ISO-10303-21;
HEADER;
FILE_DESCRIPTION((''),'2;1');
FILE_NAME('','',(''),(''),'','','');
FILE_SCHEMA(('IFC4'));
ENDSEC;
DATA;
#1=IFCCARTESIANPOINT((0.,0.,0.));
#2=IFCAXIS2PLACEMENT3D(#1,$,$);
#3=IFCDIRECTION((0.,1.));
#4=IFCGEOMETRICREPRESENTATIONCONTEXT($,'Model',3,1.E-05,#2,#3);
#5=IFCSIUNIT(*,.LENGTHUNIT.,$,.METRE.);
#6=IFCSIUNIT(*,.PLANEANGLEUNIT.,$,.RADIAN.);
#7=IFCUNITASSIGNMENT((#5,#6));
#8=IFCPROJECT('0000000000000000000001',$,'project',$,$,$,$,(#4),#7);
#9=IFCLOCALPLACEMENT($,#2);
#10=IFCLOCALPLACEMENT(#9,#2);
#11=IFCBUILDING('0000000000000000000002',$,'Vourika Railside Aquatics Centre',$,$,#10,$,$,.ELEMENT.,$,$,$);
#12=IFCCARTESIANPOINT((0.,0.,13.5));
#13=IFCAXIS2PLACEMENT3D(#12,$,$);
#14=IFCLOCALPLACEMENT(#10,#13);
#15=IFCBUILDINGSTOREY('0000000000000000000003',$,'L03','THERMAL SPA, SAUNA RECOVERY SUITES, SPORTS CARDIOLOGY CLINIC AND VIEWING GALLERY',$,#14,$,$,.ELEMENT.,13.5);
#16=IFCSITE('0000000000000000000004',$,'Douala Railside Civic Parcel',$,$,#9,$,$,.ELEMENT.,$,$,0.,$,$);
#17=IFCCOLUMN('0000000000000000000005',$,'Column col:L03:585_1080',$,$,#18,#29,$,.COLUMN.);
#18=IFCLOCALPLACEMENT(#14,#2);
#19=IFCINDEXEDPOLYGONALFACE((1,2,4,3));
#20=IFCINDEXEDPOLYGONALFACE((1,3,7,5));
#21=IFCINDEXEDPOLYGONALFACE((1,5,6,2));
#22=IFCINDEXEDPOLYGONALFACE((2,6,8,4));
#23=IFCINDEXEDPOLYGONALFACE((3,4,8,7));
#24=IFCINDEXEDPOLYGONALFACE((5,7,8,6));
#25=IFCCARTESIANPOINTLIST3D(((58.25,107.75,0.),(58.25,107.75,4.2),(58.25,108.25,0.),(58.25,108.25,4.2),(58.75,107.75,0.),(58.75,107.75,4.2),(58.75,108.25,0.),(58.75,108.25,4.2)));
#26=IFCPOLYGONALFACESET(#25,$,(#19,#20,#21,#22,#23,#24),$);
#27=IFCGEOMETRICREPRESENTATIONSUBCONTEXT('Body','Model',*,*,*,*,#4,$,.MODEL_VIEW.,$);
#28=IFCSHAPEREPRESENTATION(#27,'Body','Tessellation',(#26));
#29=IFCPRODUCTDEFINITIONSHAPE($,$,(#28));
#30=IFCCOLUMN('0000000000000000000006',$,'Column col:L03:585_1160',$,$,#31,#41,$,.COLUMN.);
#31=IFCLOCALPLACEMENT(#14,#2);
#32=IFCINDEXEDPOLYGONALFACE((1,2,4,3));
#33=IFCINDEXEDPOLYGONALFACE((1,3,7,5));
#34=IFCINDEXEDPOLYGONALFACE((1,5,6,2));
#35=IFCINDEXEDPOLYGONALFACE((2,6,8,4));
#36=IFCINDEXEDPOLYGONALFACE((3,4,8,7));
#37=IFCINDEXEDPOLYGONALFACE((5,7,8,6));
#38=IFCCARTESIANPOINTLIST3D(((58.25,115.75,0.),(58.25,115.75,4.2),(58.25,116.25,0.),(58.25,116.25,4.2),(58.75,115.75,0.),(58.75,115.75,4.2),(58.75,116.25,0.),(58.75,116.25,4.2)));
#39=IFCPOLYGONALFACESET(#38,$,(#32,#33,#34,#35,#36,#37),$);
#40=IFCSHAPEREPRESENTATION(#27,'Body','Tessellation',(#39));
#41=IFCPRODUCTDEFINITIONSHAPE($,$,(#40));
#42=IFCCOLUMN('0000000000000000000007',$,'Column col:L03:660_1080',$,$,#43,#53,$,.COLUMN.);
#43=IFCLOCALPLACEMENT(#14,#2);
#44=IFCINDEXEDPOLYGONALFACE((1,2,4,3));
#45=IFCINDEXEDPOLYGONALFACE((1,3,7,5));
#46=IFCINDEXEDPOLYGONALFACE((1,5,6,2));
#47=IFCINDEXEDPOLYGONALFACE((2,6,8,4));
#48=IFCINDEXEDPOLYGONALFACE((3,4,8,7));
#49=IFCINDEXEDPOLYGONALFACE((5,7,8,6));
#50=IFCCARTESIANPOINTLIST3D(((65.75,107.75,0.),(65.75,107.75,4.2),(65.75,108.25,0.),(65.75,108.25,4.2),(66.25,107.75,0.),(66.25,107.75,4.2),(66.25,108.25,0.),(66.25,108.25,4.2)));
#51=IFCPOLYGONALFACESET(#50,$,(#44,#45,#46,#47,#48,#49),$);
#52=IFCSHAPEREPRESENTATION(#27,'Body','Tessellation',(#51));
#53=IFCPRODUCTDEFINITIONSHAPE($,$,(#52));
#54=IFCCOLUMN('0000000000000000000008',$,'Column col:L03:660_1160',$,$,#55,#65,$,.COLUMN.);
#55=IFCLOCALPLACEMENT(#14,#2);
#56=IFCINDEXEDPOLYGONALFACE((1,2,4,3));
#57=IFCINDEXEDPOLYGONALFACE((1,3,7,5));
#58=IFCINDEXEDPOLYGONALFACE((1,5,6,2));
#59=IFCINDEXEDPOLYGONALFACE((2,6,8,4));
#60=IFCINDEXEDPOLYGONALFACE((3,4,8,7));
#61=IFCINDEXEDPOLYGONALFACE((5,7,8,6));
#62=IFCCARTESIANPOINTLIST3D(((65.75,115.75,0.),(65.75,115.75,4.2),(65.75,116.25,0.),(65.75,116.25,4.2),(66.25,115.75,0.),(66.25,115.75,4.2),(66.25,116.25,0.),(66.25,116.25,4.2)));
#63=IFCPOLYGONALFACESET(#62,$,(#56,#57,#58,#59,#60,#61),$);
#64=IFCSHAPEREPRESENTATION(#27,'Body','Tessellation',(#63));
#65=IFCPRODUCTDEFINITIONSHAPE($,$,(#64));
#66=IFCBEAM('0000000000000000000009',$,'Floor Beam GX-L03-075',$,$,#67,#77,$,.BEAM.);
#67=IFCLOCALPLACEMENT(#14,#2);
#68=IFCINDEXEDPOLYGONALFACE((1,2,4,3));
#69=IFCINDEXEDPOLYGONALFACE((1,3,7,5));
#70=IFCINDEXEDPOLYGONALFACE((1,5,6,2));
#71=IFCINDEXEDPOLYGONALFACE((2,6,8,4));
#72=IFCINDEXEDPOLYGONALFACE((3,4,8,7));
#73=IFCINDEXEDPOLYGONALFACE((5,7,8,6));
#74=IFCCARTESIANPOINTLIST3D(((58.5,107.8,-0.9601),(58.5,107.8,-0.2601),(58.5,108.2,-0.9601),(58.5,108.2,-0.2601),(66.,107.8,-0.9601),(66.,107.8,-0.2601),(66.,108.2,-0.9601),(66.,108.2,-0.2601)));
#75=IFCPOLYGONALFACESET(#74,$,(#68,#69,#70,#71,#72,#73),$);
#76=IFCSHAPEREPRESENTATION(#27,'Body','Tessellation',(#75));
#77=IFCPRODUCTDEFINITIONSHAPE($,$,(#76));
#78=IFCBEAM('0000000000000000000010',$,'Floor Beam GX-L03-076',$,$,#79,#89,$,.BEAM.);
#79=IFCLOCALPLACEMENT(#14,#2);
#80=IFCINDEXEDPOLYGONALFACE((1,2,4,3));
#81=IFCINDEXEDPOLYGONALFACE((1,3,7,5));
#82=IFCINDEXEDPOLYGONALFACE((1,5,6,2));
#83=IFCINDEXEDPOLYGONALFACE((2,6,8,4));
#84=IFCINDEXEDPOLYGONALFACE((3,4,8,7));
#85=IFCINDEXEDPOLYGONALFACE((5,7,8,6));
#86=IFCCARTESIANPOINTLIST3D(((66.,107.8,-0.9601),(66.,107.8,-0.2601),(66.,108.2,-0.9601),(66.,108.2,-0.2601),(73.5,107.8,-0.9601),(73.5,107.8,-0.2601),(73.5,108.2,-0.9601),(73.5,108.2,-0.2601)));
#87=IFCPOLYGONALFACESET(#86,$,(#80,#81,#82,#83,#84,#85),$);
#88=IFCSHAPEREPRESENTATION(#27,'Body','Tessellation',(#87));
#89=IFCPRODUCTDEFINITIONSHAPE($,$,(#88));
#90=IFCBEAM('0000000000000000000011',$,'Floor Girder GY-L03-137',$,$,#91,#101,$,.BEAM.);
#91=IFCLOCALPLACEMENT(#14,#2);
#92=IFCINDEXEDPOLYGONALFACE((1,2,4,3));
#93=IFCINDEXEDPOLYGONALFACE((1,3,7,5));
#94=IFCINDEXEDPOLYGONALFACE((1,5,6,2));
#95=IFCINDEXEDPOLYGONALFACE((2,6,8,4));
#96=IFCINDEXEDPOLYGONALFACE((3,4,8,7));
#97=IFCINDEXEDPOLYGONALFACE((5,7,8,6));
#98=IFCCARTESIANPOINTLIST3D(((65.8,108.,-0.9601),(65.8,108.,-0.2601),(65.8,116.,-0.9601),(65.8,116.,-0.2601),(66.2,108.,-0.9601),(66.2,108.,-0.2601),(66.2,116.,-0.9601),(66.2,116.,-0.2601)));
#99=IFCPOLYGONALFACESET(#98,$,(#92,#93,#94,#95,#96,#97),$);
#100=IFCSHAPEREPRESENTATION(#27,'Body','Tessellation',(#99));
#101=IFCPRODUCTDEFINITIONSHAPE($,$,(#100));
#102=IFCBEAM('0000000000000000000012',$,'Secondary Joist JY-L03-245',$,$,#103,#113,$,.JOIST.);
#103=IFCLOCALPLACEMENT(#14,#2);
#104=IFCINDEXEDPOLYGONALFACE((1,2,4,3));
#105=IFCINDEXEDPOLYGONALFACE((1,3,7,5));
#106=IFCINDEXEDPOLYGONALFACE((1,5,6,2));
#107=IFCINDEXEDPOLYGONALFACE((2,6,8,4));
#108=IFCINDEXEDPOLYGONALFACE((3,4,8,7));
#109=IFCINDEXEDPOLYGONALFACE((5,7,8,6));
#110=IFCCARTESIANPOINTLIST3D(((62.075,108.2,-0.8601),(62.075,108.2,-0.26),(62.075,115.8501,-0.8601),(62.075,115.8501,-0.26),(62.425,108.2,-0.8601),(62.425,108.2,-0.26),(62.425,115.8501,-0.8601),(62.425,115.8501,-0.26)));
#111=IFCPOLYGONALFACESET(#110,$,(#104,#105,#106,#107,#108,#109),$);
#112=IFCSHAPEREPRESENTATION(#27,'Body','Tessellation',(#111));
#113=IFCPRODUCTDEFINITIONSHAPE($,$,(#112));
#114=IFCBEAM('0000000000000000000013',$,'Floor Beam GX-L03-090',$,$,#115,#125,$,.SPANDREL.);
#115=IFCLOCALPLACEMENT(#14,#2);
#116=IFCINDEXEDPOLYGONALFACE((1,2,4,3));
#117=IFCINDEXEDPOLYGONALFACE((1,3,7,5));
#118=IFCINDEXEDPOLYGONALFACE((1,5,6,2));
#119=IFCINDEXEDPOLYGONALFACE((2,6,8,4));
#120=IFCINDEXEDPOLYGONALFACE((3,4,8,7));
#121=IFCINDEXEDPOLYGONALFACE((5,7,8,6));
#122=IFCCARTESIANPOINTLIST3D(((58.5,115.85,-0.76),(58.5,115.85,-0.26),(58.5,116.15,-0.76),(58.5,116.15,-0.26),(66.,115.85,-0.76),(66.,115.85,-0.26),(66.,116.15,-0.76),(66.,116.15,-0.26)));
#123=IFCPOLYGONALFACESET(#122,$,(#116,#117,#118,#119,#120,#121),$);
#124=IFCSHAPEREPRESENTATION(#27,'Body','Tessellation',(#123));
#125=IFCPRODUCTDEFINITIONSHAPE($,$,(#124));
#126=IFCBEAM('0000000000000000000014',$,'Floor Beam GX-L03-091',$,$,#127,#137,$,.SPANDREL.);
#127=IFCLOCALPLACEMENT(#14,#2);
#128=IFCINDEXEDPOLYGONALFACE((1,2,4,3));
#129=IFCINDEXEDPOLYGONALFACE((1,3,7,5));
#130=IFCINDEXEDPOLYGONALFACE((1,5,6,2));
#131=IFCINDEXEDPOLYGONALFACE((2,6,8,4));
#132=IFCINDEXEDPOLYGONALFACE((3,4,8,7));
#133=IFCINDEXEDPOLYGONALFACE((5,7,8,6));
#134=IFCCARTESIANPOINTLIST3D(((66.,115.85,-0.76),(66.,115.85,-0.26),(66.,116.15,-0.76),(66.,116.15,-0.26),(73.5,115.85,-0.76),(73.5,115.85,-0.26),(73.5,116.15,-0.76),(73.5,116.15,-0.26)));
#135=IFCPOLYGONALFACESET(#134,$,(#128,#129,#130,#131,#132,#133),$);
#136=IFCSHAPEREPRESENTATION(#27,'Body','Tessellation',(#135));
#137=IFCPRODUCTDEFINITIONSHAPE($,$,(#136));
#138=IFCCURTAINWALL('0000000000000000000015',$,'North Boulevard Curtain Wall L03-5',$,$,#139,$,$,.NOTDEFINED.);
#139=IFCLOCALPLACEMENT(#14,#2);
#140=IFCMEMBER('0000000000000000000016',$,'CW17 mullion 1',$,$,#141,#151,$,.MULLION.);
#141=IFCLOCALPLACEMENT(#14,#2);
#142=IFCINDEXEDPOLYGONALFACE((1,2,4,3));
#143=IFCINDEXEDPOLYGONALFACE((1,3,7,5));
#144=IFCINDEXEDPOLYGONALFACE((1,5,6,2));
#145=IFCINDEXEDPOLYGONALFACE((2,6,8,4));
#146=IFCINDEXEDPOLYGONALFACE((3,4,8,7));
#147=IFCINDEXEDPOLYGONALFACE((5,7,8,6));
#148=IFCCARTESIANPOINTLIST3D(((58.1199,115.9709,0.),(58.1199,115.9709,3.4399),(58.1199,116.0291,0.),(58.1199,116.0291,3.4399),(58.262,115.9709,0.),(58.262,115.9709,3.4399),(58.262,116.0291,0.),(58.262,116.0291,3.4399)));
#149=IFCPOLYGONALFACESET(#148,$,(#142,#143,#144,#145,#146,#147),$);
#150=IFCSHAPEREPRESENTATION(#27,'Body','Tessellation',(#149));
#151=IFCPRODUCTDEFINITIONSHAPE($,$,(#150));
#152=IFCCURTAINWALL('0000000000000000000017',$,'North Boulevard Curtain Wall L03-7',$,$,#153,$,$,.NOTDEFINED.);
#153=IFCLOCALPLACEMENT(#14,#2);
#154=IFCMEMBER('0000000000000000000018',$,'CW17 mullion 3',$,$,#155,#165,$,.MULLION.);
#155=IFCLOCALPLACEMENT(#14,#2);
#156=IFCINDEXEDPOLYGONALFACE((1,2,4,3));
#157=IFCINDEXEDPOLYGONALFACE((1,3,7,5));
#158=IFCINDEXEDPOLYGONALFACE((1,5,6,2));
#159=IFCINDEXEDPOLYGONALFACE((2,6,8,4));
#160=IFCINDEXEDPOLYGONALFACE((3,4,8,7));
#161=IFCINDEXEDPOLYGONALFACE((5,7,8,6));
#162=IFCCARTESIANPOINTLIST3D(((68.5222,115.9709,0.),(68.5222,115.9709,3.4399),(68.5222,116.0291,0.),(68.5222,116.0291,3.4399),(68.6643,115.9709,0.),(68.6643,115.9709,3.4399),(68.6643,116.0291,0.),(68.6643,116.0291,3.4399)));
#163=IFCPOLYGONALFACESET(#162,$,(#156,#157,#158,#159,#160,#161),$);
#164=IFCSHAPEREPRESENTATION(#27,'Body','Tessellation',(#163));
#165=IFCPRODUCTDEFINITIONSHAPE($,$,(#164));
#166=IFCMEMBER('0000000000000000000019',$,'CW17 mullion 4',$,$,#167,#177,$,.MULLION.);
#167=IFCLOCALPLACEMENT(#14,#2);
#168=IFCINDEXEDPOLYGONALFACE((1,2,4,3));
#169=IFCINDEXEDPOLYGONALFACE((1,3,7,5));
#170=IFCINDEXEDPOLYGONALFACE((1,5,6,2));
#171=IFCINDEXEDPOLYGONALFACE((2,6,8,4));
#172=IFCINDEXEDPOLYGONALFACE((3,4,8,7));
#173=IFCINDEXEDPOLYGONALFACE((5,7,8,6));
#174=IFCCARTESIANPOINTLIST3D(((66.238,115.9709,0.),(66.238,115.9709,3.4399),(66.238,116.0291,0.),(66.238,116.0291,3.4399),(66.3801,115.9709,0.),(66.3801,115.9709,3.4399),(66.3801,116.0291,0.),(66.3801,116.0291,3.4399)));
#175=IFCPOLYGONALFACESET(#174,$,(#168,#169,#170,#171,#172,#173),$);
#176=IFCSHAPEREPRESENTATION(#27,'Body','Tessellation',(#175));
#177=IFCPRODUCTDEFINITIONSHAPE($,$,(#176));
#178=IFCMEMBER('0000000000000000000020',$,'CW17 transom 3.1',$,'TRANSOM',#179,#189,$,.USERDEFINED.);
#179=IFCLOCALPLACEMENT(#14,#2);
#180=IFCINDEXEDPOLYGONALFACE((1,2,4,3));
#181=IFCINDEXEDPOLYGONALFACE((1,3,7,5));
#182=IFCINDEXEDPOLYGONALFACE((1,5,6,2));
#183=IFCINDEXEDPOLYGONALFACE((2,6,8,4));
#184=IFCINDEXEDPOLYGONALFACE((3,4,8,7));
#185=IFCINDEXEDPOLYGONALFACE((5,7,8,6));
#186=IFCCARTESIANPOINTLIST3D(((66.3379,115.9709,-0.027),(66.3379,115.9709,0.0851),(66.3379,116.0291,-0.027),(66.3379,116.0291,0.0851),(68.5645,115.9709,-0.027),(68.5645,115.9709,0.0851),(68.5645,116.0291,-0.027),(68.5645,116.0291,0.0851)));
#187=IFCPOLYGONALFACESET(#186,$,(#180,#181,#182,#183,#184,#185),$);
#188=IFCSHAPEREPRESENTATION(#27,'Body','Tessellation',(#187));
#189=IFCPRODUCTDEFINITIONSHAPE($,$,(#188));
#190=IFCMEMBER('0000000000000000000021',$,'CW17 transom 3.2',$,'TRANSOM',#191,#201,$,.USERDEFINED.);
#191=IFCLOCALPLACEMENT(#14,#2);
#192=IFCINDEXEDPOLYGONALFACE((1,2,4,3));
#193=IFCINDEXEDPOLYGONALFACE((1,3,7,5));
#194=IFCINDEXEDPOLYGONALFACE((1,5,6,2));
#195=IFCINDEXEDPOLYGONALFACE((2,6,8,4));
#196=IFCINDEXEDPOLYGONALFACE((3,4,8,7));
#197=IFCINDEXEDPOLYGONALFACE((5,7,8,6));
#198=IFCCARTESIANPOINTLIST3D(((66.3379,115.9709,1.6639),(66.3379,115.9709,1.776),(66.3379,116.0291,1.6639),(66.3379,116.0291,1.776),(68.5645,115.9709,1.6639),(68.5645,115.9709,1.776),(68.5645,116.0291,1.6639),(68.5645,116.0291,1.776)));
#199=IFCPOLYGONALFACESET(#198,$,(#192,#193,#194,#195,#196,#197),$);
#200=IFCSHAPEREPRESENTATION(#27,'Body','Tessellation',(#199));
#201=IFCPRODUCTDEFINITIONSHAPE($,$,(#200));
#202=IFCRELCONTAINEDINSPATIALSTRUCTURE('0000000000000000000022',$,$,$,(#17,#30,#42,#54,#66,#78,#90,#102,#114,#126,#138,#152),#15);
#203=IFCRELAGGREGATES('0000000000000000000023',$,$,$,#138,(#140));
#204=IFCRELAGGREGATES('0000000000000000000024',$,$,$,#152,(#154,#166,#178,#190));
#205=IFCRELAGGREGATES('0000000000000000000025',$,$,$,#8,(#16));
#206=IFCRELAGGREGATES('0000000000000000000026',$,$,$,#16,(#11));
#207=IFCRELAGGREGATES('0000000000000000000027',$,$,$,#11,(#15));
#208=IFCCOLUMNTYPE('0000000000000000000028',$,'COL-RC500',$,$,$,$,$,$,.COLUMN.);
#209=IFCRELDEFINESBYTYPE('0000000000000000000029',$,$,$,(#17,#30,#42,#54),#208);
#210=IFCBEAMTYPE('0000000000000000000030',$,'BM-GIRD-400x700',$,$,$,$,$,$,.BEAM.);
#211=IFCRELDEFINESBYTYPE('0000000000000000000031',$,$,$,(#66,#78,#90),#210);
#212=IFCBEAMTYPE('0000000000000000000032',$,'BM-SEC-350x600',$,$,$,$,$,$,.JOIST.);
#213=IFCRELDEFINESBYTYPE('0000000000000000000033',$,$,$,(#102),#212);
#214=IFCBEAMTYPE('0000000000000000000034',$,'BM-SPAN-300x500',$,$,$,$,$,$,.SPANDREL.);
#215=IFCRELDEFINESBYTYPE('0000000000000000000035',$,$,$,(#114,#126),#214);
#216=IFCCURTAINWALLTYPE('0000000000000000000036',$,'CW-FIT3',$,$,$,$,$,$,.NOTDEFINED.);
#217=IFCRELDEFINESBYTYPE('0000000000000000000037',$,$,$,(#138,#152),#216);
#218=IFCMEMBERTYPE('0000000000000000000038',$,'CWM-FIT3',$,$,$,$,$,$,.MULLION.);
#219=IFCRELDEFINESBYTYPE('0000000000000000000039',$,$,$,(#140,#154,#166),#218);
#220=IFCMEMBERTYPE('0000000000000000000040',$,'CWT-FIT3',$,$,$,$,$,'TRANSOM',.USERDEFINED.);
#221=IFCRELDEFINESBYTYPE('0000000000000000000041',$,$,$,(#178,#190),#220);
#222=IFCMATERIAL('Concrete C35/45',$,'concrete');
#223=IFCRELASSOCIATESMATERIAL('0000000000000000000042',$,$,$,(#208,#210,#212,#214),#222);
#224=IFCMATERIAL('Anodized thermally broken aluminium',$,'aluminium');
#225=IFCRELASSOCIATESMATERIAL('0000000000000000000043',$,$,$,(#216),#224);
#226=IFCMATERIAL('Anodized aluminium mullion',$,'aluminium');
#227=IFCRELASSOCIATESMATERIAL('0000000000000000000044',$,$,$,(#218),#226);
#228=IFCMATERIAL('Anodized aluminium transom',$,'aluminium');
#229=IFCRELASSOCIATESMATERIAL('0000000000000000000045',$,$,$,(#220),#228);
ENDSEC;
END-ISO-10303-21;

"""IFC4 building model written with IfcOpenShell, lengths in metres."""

from ifc_helpers import new_model, si_unit, direction, frame, origin, origin_2d, place, context, subcontext, project, spatial, rectangle, extrude, material, material_profile, profile_set, type_object, element, aggregate, save


model = new_model("IFC4")

# Units and contexts
model_context = context("Model", 3, precision=1e-05, world=origin(), true_north=direction((0.0, 1.0)))
body_context = subcontext(model_context, "Body", "Model", "MODEL_VIEW")
ifc_project = project(units=[si_unit("LENGTHUNIT", "METRE"), si_unit("PLANEANGLEUNIT", "RADIAN")], contexts=[model_context])

# Site, building, storey
site_placement = place(None, origin())
site = spatial("IfcSite", under=ifc_project, at=site_placement, Name="Douala Railside Civic Parcel", CompositionType="ELEMENT", RefElevation=0.0)
building_placement = place(site_placement, origin())
building = spatial("IfcBuilding", under=site, at=building_placement, Name="Vourika Railside Aquatics Centre", CompositionType="ELEMENT")
storey_placement = place(building_placement, frame((0.0, 0.0, 13.5)))
storey = spatial("IfcBuildingStorey", under=building, at=storey_placement, Name="L03", Description="THERMAL SPA, SAUNA RECOVERY SUITES, SPORTS CARDIOLOGY CLINIC AND VIEWING GALLERY", CompositionType="ELEMENT", Elevation=13.5)

# Columns
ifc_material_1 = material(Name="Concrete C35/45", Category="concrete")
ifc_material_profile_1 = material_profile(ifc_material_1, rectangle(XDim=0.5, YDim=0.5, at=origin_2d()), Name="RC 500x500")
ifc_profile_set_1 = profile_set([ifc_material_profile_1], Name="Concrete C35/45")
column_type = type_object("IfcColumnType", Name="COL-RC500", PredefinedType="COLUMN", material=ifc_profile_set_1)
for number, where, z_axis, x_axis, name in (
    (1, (58.5, 108.0, 0.0), (0.0, 0.0, 1.0), (1.0, 0.0, 0.0), "Column col:L03:585_1080"),
    (2, (58.5, 116.0, 0.0), (0.0, 0.0, 1.0), (1.0, 0.0, 0.0), "Column col:L03:585_1160"),
    (3, (66.0, 108.0, 0.0), (0.0, 0.0, 1.0), (1.0, 0.0, 0.0), "Column col:L03:660_1080"),
    (4, (66.0, 116.0, 0.0), (0.0, 0.0, 1.0), (1.0, 0.0, 0.0), "Column col:L03:660_1160"),
):
    element("IfcColumn", number, at=place(storey_placement, frame(where, z_axis=z_axis, x_axis=x_axis)), inside=storey, type_object=column_type, Name=name, PredefinedType="COLUMN", context=body_context, shape_type="SweptSolid", body=[
        extrude(rectangle(XDim=0.5, YDim=0.5, at=origin_2d()), origin(), (0.0, 0.0, 1.0), 4.2),
    ])

# Beams
ifc_material_profile_2 = material_profile(ifc_material_1, rectangle(XDim=0.3999, YDim=0.7, at=origin_2d()), Name="RC 400x700")
ifc_profile_set_2 = profile_set([ifc_material_profile_2], Name="Concrete C35/45")
beam_type_1 = type_object("IfcBeamType", Name="BM-GIRD-400x700", PredefinedType="BEAM", material=ifc_profile_set_2)
for number, where, z_axis, x_axis, name in (
    (5, (58.5, 108.0, -0.6101), (1.0, 0.0, 0.0), (0.0, 1.0, 0.0), "Floor Beam GX-L03-075"),
    (6, (66.0, 108.0, -0.6101), (1.0, 0.0, 0.0), (0.0, 1.0, 0.0), "Floor Beam GX-L03-076"),
):
    element("IfcBeam", number, at=place(storey_placement, frame(where, z_axis=z_axis, x_axis=x_axis)), inside=storey, type_object=beam_type_1, Name=name, PredefinedType="BEAM", context=body_context, shape_type="SweptSolid", body=[
        extrude(rectangle(XDim=0.3999, YDim=0.7, at=origin_2d()), origin(), (0.0, 0.0, 1.0), 7.5),
    ])
beam_1_placement = place(storey_placement, frame((66.0, 108.0, -0.6101), z_axis=(0.0, 1.0, 0.0), x_axis=(-1.0, 0.0, 0.0)))
element("IfcBeam", 7, at=beam_1_placement, inside=storey, type_object=beam_type_1, Name="Floor Girder GY-L03-137", PredefinedType="BEAM", context=body_context, shape_type="SweptSolid", body=[
    extrude(rectangle(XDim=0.3999, YDim=0.7, at=origin_2d()), origin(), (0.0, 0.0, 1.0), 8.0),
])
ifc_material_profile_3 = material_profile(ifc_material_1, rectangle(XDim=0.3501, YDim=0.6001, at=origin_2d()), Name="RC 350x600")
ifc_profile_set_3 = profile_set([ifc_material_profile_3], Name="Concrete C35/45")
beam_type_2 = type_object("IfcBeamType", Name="BM-SEC-350x600", PredefinedType="JOIST", material=ifc_profile_set_3)
beam_2_placement = place(storey_placement, frame((62.25, 108.2, -0.5601), z_axis=(0.0, 1.0, 0.0), x_axis=(-1.0, 0.0, 0.0)))
element("IfcBeam", 8, at=beam_2_placement, inside=storey, type_object=beam_type_2, Name="Secondary Joist JY-L03-245", PredefinedType="JOIST", context=body_context, shape_type="SweptSolid", body=[
    extrude(rectangle(XDim=0.3501, YDim=0.6001, at=origin_2d()), origin(), (0.0, 0.0, 1.0), 7.6501),
])
ifc_material_profile_4 = material_profile(ifc_material_1, rectangle(XDim=0.3, YDim=0.5, at=origin_2d()), Name="RC 300x500")
ifc_profile_set_4 = profile_set([ifc_material_profile_4], Name="Concrete C35/45")
beam_type_3 = type_object("IfcBeamType", Name="BM-SPAN-300x500", PredefinedType="SPANDREL", material=ifc_profile_set_4)
for number, where, z_axis, x_axis, name in (
    (9, (58.5, 116.0, -0.51), (1.0, 0.0, 0.0), (0.0, 1.0, 0.0), "Floor Beam GX-L03-090"),
    (10, (66.0, 116.0, -0.51), (1.0, 0.0, 0.0), (0.0, 1.0, 0.0), "Floor Beam GX-L03-091"),
):
    element("IfcBeam", number, at=place(storey_placement, frame(where, z_axis=z_axis, x_axis=x_axis)), inside=storey, type_object=beam_type_3, Name=name, PredefinedType="SPANDREL", context=body_context, shape_type="SweptSolid", body=[
        extrude(rectangle(XDim=0.3, YDim=0.5, at=origin_2d()), origin(), (0.0, 0.0, 1.0), 7.5),
    ])

# Curtain wall, member
ifc_material_2 = material(Name="Anodized thermally broken aluminium", Category="aluminium")
curtain_wall_type = type_object("IfcCurtainWallType", Name="CW-FIT3", PredefinedType="NOTDEFINED", material=ifc_material_2)
curtain_wall_1_placement = place(storey_placement, origin())
curtain_wall_1 = element("IfcCurtainWall", 11, at=curtain_wall_1_placement, inside=storey, type_object=curtain_wall_type, Name="North Boulevard Curtain Wall L03-5", PredefinedType="NOTDEFINED")
ifc_material_3 = material(Name="Anodized aluminium mullion", Category="aluminium")
ifc_material_profile_5 = material_profile(ifc_material_3, rectangle(XDim=0.0581, YDim=0.1421, at=origin_2d()), Name="ALU-M 58x142")
ifc_profile_set_5 = profile_set([ifc_material_profile_5], Name="Anodized aluminium mullion")
member_type_1 = type_object("IfcMemberType", Name="CWM-FIT3", PredefinedType="MULLION", material=ifc_profile_set_5)
member_1_placement = place(storey_placement, frame((58.1909, 116.0, 0.0), z_axis=(0.0, 0.0, 1.0), x_axis=(0.0, -1.0, 0.0)))
member_1 = element("IfcMember", 12, at=member_1_placement, type_object=member_type_1, Name="CW17 mullion 1", PredefinedType="MULLION", context=body_context, shape_type="SweptSolid", body=[
    extrude(rectangle(XDim=0.0581, YDim=0.1421, at=origin_2d()), origin(), (0.0, 0.0, 1.0), 3.4399),
])
aggregate(curtain_wall_1, [member_1])

# Curtain wall, members
curtain_wall_2_placement = place(storey_placement, origin())
curtain_wall_2 = element("IfcCurtainWall", 13, at=curtain_wall_2_placement, inside=storey, type_object=curtain_wall_type, Name="North Boulevard Curtain Wall L03-7", PredefinedType="NOTDEFINED")
member_2_placement = place(storey_placement, frame((68.5933, 116.0, 0.0), z_axis=(0.0, 0.0, 1.0), x_axis=(0.0, -1.0, 0.0)))
member_2 = element("IfcMember", 14, at=member_2_placement, type_object=member_type_1, Name="CW17 mullion 3", PredefinedType="MULLION", context=body_context, shape_type="SweptSolid", body=[
    extrude(rectangle(XDim=0.0581, YDim=0.1421, at=origin_2d()), origin(), (0.0, 0.0, 1.0), 3.4399),
])
member_3_placement = place(storey_placement, frame((66.3091, 116.0, 0.0), z_axis=(0.0, 0.0, 1.0), x_axis=(0.0, -1.0, 0.0)))
member_3 = element("IfcMember", 15, at=member_3_placement, type_object=member_type_1, Name="CW17 mullion 4", PredefinedType="MULLION", context=body_context, shape_type="SweptSolid", body=[
    extrude(rectangle(XDim=0.0581, YDim=0.1421, at=origin_2d()), origin(), (0.0, 0.0, 1.0), 3.4399),
])
ifc_material_4 = material(Name="Anodized aluminium transom", Category="aluminium")
ifc_material_profile_6 = material_profile(ifc_material_4, rectangle(XDim=0.0581, YDim=0.1121, at=origin_2d()), Name="ALU-T 58x112")
ifc_profile_set_6 = profile_set([ifc_material_profile_6], Name="Anodized aluminium transom")
member_type_2 = type_object("IfcMemberType", Name="CWT-FIT3", ElementType="TRANSOM", PredefinedType="USERDEFINED", material=ifc_profile_set_6)
member_4_placement = place(storey_placement, frame((68.5645, 116.0, 0.0291), z_axis=(-1.0, 0.0, 0.0), x_axis=(0.0, -1.0, 0.0)))
member_4 = element("IfcMember", 16, at=member_4_placement, type_object=member_type_2, Name="CW17 transom 3.1", ObjectType="TRANSOM", PredefinedType="USERDEFINED", context=body_context, shape_type="SweptSolid", body=[
    extrude(rectangle(XDim=0.0581, YDim=0.1121, at=origin_2d()), origin(), (0.0, 0.0, 1.0), 2.2266),
])
member_5_placement = place(storey_placement, frame((68.5645, 116.0, 1.72), z_axis=(-1.0, 0.0, 0.0), x_axis=(0.0, -1.0, 0.0)))
member_5 = element("IfcMember", 17, at=member_5_placement, type_object=member_type_2, Name="CW17 transom 3.2", ObjectType="TRANSOM", PredefinedType="USERDEFINED", context=body_context, shape_type="SweptSolid", body=[
    extrude(rectangle(XDim=0.0581, YDim=0.1121, at=origin_2d()), origin(), (0.0, 0.0, 1.0), 2.2266),
])
aggregate(curtain_wall_2, [member_2, member_3, member_4, member_5])

save(model, "model.ifc")
